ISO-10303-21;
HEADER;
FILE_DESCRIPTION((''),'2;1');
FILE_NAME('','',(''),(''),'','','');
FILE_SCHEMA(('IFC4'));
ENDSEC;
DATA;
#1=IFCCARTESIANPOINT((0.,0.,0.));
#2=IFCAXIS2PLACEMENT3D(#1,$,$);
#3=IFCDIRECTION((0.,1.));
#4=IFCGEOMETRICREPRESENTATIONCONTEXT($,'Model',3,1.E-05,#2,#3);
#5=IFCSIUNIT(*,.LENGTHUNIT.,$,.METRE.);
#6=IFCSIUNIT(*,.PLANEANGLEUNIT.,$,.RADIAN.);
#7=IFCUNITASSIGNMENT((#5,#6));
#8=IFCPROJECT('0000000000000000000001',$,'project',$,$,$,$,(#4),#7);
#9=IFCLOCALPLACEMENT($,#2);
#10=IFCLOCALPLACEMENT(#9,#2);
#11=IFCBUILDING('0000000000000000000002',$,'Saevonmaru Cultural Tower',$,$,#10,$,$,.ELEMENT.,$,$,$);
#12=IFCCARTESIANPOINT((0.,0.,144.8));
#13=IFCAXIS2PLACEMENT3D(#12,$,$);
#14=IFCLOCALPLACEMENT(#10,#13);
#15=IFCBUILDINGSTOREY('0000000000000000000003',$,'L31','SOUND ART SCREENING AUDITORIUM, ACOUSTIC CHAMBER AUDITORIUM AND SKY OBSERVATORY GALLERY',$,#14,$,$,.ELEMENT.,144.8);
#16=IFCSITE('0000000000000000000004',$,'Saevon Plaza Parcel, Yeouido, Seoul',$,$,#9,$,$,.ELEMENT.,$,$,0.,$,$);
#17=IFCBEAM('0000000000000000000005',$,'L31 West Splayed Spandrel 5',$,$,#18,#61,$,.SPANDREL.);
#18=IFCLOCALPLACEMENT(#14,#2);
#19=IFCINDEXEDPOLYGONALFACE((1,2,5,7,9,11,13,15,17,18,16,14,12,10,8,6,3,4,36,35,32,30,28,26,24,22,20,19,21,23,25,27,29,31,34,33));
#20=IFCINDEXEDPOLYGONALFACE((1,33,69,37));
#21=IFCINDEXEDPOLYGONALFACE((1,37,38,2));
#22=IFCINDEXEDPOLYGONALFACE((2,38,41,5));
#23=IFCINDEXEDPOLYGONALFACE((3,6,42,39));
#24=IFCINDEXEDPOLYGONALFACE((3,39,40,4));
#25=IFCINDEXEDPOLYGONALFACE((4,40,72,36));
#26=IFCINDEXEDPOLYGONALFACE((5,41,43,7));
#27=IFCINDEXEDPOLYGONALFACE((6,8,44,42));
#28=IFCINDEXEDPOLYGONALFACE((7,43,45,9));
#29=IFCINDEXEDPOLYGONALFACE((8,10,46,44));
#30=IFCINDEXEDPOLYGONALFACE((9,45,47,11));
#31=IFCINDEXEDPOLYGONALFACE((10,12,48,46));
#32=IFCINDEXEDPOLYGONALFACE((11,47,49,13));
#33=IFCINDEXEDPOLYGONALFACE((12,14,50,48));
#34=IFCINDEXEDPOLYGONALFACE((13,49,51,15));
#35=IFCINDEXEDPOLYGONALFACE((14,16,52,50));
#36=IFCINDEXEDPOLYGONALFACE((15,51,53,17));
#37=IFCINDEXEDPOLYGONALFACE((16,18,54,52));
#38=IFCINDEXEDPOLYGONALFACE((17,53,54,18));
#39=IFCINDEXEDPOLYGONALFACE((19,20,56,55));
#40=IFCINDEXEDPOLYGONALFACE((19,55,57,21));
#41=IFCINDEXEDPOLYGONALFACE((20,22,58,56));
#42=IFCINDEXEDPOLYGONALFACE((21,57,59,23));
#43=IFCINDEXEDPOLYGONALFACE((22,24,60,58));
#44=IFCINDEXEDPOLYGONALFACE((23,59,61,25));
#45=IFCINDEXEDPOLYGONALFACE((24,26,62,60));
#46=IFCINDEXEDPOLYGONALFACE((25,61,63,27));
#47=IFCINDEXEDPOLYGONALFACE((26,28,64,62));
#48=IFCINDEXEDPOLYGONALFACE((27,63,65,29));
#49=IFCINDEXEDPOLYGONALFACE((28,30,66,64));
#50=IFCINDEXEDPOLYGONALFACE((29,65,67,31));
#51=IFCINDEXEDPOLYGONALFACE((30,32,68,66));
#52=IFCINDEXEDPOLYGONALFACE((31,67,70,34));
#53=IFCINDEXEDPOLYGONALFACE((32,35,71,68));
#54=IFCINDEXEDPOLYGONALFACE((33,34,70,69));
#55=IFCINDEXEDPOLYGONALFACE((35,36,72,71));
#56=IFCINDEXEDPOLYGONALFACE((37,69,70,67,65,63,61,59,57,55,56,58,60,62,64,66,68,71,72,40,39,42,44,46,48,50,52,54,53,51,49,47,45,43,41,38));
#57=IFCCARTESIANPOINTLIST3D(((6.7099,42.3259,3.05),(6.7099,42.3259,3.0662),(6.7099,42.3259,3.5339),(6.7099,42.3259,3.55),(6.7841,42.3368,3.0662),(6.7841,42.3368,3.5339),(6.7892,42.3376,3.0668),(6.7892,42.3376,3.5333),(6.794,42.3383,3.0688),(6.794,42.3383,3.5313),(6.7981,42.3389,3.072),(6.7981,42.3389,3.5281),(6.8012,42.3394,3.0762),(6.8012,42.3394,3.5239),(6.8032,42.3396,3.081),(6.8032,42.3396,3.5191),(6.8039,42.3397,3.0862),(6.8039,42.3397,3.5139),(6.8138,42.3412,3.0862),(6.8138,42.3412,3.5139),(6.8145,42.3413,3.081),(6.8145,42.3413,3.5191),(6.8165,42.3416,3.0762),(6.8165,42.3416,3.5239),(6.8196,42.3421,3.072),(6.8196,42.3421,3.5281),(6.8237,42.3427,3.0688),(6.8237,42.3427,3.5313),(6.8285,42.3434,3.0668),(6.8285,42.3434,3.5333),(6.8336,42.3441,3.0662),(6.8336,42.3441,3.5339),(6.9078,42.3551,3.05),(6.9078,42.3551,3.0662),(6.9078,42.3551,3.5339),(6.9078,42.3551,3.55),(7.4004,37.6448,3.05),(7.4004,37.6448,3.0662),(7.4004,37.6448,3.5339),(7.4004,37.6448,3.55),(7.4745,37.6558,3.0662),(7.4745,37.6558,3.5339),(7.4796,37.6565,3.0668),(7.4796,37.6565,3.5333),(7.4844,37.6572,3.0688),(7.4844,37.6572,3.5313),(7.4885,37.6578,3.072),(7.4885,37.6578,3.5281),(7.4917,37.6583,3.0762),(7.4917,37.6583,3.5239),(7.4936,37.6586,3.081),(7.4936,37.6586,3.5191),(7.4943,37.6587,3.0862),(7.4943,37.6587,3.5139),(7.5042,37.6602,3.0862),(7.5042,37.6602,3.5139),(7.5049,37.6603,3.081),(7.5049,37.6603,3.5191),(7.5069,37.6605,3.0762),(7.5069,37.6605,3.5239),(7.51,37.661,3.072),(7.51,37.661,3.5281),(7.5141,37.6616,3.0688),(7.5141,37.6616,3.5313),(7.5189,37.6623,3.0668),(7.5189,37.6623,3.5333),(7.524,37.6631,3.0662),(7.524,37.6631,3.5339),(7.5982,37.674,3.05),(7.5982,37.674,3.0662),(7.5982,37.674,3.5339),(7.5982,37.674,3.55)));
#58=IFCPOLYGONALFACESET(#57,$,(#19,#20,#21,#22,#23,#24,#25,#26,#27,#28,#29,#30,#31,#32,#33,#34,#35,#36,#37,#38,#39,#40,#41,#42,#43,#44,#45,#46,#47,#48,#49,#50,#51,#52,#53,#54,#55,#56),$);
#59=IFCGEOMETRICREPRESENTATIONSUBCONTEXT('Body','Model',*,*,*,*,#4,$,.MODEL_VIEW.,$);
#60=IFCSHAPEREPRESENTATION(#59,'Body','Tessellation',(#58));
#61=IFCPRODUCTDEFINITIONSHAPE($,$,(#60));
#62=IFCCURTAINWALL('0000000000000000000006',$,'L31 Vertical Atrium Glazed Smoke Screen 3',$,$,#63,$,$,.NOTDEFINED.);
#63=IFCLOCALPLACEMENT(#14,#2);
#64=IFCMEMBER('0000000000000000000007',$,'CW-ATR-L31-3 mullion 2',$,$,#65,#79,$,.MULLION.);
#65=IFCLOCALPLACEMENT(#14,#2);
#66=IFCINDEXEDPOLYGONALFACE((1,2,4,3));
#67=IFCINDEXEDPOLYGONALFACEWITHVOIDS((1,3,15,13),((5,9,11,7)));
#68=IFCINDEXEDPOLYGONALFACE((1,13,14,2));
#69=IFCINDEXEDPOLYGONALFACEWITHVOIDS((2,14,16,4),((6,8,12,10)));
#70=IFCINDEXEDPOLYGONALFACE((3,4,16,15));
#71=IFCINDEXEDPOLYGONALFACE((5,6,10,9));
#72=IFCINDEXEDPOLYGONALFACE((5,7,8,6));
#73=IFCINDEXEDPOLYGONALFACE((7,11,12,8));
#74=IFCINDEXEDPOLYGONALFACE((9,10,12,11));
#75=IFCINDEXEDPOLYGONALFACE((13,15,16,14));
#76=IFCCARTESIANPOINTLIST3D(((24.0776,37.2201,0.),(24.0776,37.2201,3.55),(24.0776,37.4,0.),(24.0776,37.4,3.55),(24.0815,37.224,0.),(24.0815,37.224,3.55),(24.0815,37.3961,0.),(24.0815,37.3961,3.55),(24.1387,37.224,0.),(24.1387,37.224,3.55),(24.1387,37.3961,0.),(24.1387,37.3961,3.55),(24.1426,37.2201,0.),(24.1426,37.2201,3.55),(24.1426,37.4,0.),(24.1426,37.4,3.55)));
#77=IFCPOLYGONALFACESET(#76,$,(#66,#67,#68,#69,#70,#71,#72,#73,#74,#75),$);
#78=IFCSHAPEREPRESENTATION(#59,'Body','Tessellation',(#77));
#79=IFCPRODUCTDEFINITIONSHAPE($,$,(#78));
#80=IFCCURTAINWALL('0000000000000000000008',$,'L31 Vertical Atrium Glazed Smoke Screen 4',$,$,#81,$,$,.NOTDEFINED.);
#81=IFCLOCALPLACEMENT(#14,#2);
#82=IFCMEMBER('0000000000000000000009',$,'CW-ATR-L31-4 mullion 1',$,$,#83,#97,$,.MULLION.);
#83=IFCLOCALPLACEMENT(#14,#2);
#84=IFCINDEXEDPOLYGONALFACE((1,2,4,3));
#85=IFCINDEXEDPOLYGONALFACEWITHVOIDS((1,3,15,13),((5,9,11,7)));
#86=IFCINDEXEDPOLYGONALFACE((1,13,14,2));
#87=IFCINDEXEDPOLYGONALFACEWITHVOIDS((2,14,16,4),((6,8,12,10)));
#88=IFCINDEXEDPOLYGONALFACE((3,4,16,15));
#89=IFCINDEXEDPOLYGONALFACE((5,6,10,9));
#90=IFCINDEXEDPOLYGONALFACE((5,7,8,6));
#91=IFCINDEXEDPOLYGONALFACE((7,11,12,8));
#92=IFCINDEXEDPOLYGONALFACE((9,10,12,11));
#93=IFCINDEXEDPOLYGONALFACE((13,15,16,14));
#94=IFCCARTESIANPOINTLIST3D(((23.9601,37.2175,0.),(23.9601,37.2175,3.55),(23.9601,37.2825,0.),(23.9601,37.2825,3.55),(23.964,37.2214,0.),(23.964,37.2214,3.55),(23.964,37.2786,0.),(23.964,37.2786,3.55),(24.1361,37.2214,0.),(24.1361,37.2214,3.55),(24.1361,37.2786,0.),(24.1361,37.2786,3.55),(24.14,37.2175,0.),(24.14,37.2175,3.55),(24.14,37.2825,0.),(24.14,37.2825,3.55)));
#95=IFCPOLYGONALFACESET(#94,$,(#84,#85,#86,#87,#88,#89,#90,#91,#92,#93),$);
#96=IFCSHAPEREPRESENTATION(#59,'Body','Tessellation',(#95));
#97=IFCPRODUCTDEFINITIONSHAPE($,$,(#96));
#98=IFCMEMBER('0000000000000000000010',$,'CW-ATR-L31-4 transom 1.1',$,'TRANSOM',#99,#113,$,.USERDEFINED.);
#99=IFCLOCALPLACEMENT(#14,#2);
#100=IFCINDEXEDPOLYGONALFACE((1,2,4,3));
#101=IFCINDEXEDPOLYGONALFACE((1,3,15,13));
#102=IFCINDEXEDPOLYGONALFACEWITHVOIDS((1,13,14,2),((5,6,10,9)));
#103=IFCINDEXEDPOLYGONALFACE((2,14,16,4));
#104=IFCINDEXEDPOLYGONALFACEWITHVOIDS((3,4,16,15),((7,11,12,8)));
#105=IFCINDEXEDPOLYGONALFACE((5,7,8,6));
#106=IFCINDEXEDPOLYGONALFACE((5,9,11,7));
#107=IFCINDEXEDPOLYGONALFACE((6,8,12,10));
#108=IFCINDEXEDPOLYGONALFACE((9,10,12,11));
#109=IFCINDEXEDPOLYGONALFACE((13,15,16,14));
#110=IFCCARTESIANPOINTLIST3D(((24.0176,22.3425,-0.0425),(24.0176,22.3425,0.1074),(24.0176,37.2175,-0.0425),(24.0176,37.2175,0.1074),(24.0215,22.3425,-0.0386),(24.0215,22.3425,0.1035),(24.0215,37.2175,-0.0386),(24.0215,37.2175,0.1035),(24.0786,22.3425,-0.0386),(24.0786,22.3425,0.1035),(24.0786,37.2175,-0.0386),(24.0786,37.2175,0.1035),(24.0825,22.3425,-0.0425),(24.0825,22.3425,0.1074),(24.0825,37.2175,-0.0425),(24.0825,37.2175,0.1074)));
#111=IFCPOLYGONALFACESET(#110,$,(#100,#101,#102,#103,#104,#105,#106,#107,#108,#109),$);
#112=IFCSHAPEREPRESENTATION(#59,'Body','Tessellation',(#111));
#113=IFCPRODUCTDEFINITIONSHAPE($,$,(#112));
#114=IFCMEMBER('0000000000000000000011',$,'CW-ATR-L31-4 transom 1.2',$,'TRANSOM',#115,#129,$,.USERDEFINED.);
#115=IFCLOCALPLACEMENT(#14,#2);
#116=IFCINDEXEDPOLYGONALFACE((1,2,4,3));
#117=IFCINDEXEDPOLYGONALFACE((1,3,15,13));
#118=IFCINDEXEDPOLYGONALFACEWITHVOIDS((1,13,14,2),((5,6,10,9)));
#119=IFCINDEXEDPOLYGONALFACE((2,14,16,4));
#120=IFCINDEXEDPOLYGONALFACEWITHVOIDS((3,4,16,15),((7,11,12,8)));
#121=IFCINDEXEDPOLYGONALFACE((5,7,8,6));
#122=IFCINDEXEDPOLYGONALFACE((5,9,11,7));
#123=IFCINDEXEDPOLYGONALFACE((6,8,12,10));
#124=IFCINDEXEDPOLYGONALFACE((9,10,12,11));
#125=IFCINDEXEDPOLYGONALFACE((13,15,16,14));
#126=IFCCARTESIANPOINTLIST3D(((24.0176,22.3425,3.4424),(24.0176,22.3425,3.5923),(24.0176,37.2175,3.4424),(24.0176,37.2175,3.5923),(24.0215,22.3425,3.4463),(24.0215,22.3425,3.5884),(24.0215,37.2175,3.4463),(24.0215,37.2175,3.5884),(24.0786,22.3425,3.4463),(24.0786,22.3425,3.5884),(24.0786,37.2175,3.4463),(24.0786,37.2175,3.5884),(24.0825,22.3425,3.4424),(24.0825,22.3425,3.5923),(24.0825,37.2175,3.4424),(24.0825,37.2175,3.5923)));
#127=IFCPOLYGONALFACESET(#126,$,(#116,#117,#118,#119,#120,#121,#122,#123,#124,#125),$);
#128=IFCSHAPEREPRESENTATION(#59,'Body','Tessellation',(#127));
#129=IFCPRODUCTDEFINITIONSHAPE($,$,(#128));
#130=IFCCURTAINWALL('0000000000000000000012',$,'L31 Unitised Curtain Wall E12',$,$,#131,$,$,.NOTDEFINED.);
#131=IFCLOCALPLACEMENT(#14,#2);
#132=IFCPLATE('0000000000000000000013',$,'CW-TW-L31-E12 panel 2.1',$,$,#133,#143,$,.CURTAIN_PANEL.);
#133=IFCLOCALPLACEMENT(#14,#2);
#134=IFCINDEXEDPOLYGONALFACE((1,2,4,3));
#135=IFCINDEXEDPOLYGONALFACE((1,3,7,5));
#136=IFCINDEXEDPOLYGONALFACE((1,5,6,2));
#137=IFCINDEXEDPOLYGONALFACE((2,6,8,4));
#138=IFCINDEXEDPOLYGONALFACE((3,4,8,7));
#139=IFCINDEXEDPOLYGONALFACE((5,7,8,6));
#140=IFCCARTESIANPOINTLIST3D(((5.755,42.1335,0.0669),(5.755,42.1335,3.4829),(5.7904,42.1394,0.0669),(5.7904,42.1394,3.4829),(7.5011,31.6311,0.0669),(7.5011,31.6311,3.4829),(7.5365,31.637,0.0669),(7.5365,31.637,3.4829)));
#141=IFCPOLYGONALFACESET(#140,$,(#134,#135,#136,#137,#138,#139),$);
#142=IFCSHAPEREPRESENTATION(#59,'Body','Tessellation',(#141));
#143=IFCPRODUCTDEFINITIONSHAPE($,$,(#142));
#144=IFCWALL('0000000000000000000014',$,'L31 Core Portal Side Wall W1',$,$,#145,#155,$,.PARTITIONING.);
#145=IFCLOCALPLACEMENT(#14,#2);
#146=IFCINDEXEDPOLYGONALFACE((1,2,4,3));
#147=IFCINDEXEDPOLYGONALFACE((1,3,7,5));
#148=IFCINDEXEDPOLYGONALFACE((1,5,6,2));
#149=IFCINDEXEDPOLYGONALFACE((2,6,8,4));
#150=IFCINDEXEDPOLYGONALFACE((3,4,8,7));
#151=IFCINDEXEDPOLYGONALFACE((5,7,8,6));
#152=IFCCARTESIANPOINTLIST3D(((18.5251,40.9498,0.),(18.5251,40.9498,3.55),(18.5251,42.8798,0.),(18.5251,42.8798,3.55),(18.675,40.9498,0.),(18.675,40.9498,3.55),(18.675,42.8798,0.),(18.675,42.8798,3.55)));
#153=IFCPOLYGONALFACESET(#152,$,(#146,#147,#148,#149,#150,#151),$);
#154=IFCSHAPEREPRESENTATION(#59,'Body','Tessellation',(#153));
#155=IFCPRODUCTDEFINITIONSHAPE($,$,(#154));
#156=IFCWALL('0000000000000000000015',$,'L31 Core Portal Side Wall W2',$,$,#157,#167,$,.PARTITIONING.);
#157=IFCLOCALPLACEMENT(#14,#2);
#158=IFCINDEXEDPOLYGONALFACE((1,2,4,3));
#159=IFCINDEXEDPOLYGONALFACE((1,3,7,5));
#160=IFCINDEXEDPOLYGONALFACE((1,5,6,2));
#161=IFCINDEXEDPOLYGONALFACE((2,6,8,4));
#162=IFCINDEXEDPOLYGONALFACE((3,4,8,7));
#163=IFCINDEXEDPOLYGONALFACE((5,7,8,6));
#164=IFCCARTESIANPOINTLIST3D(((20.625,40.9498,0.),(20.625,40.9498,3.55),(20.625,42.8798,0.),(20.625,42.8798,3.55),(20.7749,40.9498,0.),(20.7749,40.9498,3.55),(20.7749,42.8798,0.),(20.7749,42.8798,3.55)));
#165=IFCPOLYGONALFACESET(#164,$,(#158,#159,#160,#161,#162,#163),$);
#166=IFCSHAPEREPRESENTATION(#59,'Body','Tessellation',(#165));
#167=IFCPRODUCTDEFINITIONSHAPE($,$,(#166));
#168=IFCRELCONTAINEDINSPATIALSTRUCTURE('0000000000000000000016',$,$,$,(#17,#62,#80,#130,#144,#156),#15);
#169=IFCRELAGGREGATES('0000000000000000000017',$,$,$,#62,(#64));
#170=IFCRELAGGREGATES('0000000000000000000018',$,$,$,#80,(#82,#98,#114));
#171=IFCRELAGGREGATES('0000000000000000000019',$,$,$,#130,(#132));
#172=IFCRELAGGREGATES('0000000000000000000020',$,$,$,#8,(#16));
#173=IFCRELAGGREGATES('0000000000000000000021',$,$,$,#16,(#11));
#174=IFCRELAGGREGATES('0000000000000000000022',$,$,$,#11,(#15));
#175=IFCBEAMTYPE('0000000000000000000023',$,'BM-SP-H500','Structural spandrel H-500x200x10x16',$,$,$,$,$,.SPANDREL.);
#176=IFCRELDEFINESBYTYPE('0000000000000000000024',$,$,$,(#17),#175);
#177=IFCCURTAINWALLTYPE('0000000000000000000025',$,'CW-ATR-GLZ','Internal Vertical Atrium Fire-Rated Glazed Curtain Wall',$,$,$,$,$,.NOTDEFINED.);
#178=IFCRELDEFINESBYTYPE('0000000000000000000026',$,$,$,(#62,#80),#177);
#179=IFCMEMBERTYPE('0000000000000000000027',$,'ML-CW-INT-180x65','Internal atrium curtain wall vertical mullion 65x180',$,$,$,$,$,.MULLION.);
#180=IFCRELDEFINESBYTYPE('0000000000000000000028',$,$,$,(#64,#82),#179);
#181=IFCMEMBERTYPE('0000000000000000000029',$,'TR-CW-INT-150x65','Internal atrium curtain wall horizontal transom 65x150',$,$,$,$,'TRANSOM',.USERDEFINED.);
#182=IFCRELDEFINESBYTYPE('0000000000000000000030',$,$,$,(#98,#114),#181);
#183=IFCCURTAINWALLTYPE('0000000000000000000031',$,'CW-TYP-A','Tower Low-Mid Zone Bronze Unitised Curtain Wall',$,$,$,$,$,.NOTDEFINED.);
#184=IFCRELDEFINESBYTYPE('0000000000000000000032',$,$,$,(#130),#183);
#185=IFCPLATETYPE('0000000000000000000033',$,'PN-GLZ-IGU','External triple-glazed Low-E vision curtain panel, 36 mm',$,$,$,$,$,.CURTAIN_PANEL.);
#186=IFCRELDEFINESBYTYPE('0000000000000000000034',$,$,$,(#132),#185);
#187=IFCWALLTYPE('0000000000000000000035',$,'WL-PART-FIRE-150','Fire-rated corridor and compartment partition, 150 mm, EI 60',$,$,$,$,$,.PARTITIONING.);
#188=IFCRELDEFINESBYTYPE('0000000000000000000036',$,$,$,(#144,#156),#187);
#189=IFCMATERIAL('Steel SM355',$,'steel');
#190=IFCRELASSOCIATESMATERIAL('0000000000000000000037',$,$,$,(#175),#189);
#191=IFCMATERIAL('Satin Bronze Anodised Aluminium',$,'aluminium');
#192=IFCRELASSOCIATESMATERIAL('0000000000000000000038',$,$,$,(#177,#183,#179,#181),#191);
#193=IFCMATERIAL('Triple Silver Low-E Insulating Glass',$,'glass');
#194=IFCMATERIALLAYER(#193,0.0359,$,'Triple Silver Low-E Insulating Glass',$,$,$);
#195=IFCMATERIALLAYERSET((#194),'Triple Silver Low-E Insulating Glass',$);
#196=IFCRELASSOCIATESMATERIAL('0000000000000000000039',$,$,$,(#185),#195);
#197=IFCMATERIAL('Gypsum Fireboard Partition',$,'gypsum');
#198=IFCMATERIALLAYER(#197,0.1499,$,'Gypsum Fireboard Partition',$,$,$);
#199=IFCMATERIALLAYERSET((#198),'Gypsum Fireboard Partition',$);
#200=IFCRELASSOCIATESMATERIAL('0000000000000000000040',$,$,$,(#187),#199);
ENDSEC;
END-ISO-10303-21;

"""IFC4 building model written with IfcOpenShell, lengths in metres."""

from ifc_helpers import new_model, si_unit, direction, frame, frame_2d, origin, origin_2d, place, context, subcontext, project, spatial, rectangle, hollow_rectangle, i_section, extrude, material, layer, layer_set, material_profile, profile_set, type_object, element, aggregate, save


model = new_model("IFC4")

# Units and contexts
model_context = context("Model", 3, precision=1e-05, world=origin(), true_north=direction((0.0, 1.0)))
body_context = subcontext(model_context, "Body", "Model", "MODEL_VIEW")
ifc_project = project(units=[si_unit("LENGTHUNIT", "METRE"), si_unit("PLANEANGLEUNIT", "RADIAN")], contexts=[model_context])

# Site, building, storey
site_placement = place(None, origin())
site = spatial("IfcSite", under=ifc_project, at=site_placement, Name="Saevon Plaza Parcel, Yeouido, Seoul", CompositionType="ELEMENT", RefElevation=0.0)
building_placement = place(site_placement, origin())
building = spatial("IfcBuilding", under=site, at=building_placement, Name="Saevonmaru Cultural Tower", CompositionType="ELEMENT")
storey_placement = place(building_placement, frame((0.0, 0.0, 144.8)))
storey = spatial("IfcBuildingStorey", under=building, at=storey_placement, Name="L31", Description="SOUND ART SCREENING AUDITORIUM, ACOUSTIC CHAMBER AUDITORIUM AND SKY OBSERVATORY GALLERY", CompositionType="ELEMENT", Elevation=144.8)

# Shared definitions
ifc_material_1 = material(Name="Steel SM355", Category="steel")

# Beam
ifc_material_profile_1 = material_profile(ifc_material_1, i_section(OverallWidth=0.2, OverallDepth=0.5, WebThickness=0.01, FlangeThickness=0.0161, FilletRadius=0.02, at=origin_2d()), Name="H-500x200x10x16")
ifc_profile_set_1 = profile_set([ifc_material_profile_1], Name="Steel SM355")
beam_type_1 = type_object("IfcBeamType", Name="BM-SP-H500", Description="Structural spandrel H-500x200x10x16", PredefinedType="SPANDREL", material=ifc_profile_set_1)
beam_1_placement = place(storey_placement, frame((7.4993, 37.6594, 3.3), z_axis=(-0.145913, 0.989297, 0.0), x_axis=(-0.989297, -0.145913, 0.0)))
element("IfcBeam", 1, at=beam_1_placement, inside=storey, type_object=beam_type_1, Name="L31 West Splayed Spandrel 5", PredefinedType="SPANDREL", context=body_context, shape_type="SweptSolid", body=[
    extrude(i_section(OverallWidth=0.2, OverallDepth=0.5, WebThickness=0.01, FlangeThickness=0.0161, FilletRadius=0.02, at=origin_2d()), origin(), (0.0, 0.0, 1.0), 4.7317),
])

# Curtain wall, member
ifc_material_2 = material(Name="Satin Bronze Anodised Aluminium", Category="aluminium")
curtain_wall_type_1 = type_object("IfcCurtainWallType", Name="CW-ATR-GLZ", Description="Internal Vertical Atrium Fire-Rated Glazed Curtain Wall", PredefinedType="NOTDEFINED", material=ifc_material_2)
curtain_wall_1_placement = place(storey_placement, origin())
curtain_wall_1 = element("IfcCurtainWall", 2, at=curtain_wall_1_placement, inside=storey, type_object=curtain_wall_type_1, Name="L31 Vertical Atrium Glazed Smoke Screen 3", PredefinedType="NOTDEFINED")
ifc_material_profile_2 = material_profile(ifc_material_2, hollow_rectangle(XDim=0.0649, YDim=0.1799, WallThickness=0.0039, at=origin_2d()), Name="ALU-MULL-180x65x4")
ifc_profile_set_2 = profile_set([ifc_material_profile_2], Name="Satin Bronze Anodised Aluminium")
member_type_1 = type_object("IfcMemberType", Name="ML-CW-INT-180x65", Description="Internal atrium curtain wall vertical mullion 65x180", PredefinedType="MULLION", material=ifc_profile_set_2)
member_1_placement = place(storey_placement, frame((24.1101, 37.3101, 0.0), z_axis=(0.0, 0.0, 1.0), x_axis=(-1.0, 0.0, 0.0)))
member_1 = element("IfcMember", 3, at=member_1_placement, type_object=member_type_1, Name="CW-ATR-L31-3 mullion 2", PredefinedType="MULLION", context=body_context, shape_type="SweptSolid", body=[
    extrude(hollow_rectangle(XDim=0.0649, YDim=0.1799, WallThickness=0.0039, at=origin_2d()), origin(), (0.0, 0.0, 1.0), 3.55),
])
aggregate(curtain_wall_1, [member_1])

# Curtain wall, members
curtain_wall_2_placement = place(storey_placement, origin())
curtain_wall_2 = element("IfcCurtainWall", 4, at=curtain_wall_2_placement, inside=storey, type_object=curtain_wall_type_1, Name="L31 Vertical Atrium Glazed Smoke Screen 4", PredefinedType="NOTDEFINED")
member_2_placement = place(storey_placement, frame((24.05, 37.25, 0.0), z_axis=(0.0, 0.0, 1.0), x_axis=(0.0, -1.0, 0.0)))
member_2 = element("IfcMember", 5, at=member_2_placement, type_object=member_type_1, Name="CW-ATR-L31-4 mullion 1", PredefinedType="MULLION", context=body_context, shape_type="SweptSolid", body=[
    extrude(hollow_rectangle(XDim=0.0649, YDim=0.1799, WallThickness=0.0039, at=origin_2d()), origin(), (0.0, 0.0, 1.0), 3.55),
])
ifc_material_profile_3 = material_profile(ifc_material_2, hollow_rectangle(XDim=0.0649, YDim=0.1499, WallThickness=0.0039, at=origin_2d()), Name="ALU-TRAN-150x65x4")
ifc_profile_set_3 = profile_set([ifc_material_profile_3], Name="Satin Bronze Anodised Aluminium")
member_type_2 = type_object("IfcMemberType", Name="TR-CW-INT-150x65", Description="Internal atrium curtain wall horizontal transom 65x150", ElementType="TRANSOM", PredefinedType="USERDEFINED", material=ifc_profile_set_3)
member_3_placement = place(storey_placement, frame((24.05, 37.2175, 0.0325), z_axis=(0.0, -1.0, 0.0), x_axis=(1.0, 0.0, 0.0)))
member_3 = element("IfcMember", 6, at=member_3_placement, type_object=member_type_2, Name="CW-ATR-L31-4 transom 1.1", ObjectType="TRANSOM", PredefinedType="USERDEFINED", context=body_context, shape_type="SweptSolid", body=[
    extrude(hollow_rectangle(XDim=0.0649, YDim=0.1499, WallThickness=0.0039, at=origin_2d()), origin(), (0.0, 0.0, 1.0), 14.875),
])
member_4_placement = place(storey_placement, frame((24.05, 37.2175, 3.5173), z_axis=(0.0, -1.0, 0.0), x_axis=(1.0, 0.0, 0.0)))
member_4 = element("IfcMember", 7, at=member_4_placement, type_object=member_type_2, Name="CW-ATR-L31-4 transom 1.2", ObjectType="TRANSOM", PredefinedType="USERDEFINED", context=body_context, shape_type="SweptSolid", body=[
    extrude(hollow_rectangle(XDim=0.0649, YDim=0.1499, WallThickness=0.0039, at=origin_2d()), origin(), (0.0, 0.0, 1.0), 14.875),
])
aggregate(curtain_wall_2, [member_2, member_3, member_4])

# Curtain wall, plate
curtain_wall_type_2 = type_object("IfcCurtainWallType", Name="CW-TYP-A", Description="Tower Low-Mid Zone Bronze Unitised Curtain Wall", PredefinedType="NOTDEFINED", material=ifc_material_2)
curtain_wall_3_placement = place(storey_placement, origin())
curtain_wall_3 = element("IfcCurtainWall", 8, at=curtain_wall_3_placement, inside=storey, type_object=curtain_wall_type_2, Name="L31 Unitised Curtain Wall E12", PredefinedType="NOTDEFINED")
ifc_material_3 = material(Name="Triple Silver Low-E Insulating Glass", Category="glass")
ifc_layer_1 = layer(ifc_material_3, 0.0359, Name="Triple Silver Low-E Insulating Glass")
ifc_layer_set_1 = layer_set([ifc_layer_1], Name="Triple Silver Low-E Insulating Glass")
plate_type = type_object("IfcPlateType", Name="PN-GLZ-IGU", Description="External triple-glazed Low-E vision curtain panel, 36 mm", PredefinedType="CURTAIN_PANEL", material=ifc_layer_set_1)
plate_placement = place(storey_placement, frame((6.6458, 36.8853, 0.0669), z_axis=(0.0, 0.0, 1.0), x_axis=(0.163999, -0.986461, 0.0)))
plate = element("IfcPlate", 9, at=plate_placement, type_object=plate_type, Name="CW-TW-L31-E12 panel 2.1", PredefinedType="CURTAIN_PANEL", context=body_context, shape_type="SweptSolid", body=[
    extrude(rectangle(XDim=10.6465, YDim=0.0359, at=origin_2d()), origin(), (0.0, 0.0, 1.0), 3.416),
])
aggregate(curtain_wall_3, [plate])

# Shared definitions
ifc_material_4 = material(Name="Gypsum Fireboard Partition", Category="gypsum")
ifc_layer_2 = layer(ifc_material_4, 0.1499, Name="Gypsum Fireboard Partition")
ifc_layer_set_2 = layer_set([ifc_layer_2], Name="Gypsum Fireboard Partition")
wall_type_1 = type_object("IfcWallType", Name="WL-PART-FIRE-150", Description="Fire-rated corridor and compartment partition, 150 mm, EI 60", PredefinedType="PARTITIONING", material=ifc_layer_set_2)

# Walls
for number, where, z_axis, x_axis, name in (
    (10, (18.6001, 40.95, 0.0), (0.0, 0.0, 1.0), (0.0, 1.0, 0.0), "L31 Core Portal Side Wall W1"),
    (11, (20.7, 40.95, 0.0), (0.0, 0.0, 1.0), (0.0, 1.0, 0.0), "L31 Core Portal Side Wall W2"),
):
    element("IfcWall", number, at=place(storey_placement, frame(where, z_axis=z_axis, x_axis=x_axis)), inside=storey, type_object=wall_type_1, Name=name, PredefinedType="PARTITIONING", context=body_context, shape_type="SweptSolid", body=[
        extrude(rectangle(XDim=1.9299, YDim=0.1499, at=frame_2d((0.9648, 0.0))), origin(), (0.0, 0.0, 1.0), 3.55),
    ])

save(model, "model.ifc")
